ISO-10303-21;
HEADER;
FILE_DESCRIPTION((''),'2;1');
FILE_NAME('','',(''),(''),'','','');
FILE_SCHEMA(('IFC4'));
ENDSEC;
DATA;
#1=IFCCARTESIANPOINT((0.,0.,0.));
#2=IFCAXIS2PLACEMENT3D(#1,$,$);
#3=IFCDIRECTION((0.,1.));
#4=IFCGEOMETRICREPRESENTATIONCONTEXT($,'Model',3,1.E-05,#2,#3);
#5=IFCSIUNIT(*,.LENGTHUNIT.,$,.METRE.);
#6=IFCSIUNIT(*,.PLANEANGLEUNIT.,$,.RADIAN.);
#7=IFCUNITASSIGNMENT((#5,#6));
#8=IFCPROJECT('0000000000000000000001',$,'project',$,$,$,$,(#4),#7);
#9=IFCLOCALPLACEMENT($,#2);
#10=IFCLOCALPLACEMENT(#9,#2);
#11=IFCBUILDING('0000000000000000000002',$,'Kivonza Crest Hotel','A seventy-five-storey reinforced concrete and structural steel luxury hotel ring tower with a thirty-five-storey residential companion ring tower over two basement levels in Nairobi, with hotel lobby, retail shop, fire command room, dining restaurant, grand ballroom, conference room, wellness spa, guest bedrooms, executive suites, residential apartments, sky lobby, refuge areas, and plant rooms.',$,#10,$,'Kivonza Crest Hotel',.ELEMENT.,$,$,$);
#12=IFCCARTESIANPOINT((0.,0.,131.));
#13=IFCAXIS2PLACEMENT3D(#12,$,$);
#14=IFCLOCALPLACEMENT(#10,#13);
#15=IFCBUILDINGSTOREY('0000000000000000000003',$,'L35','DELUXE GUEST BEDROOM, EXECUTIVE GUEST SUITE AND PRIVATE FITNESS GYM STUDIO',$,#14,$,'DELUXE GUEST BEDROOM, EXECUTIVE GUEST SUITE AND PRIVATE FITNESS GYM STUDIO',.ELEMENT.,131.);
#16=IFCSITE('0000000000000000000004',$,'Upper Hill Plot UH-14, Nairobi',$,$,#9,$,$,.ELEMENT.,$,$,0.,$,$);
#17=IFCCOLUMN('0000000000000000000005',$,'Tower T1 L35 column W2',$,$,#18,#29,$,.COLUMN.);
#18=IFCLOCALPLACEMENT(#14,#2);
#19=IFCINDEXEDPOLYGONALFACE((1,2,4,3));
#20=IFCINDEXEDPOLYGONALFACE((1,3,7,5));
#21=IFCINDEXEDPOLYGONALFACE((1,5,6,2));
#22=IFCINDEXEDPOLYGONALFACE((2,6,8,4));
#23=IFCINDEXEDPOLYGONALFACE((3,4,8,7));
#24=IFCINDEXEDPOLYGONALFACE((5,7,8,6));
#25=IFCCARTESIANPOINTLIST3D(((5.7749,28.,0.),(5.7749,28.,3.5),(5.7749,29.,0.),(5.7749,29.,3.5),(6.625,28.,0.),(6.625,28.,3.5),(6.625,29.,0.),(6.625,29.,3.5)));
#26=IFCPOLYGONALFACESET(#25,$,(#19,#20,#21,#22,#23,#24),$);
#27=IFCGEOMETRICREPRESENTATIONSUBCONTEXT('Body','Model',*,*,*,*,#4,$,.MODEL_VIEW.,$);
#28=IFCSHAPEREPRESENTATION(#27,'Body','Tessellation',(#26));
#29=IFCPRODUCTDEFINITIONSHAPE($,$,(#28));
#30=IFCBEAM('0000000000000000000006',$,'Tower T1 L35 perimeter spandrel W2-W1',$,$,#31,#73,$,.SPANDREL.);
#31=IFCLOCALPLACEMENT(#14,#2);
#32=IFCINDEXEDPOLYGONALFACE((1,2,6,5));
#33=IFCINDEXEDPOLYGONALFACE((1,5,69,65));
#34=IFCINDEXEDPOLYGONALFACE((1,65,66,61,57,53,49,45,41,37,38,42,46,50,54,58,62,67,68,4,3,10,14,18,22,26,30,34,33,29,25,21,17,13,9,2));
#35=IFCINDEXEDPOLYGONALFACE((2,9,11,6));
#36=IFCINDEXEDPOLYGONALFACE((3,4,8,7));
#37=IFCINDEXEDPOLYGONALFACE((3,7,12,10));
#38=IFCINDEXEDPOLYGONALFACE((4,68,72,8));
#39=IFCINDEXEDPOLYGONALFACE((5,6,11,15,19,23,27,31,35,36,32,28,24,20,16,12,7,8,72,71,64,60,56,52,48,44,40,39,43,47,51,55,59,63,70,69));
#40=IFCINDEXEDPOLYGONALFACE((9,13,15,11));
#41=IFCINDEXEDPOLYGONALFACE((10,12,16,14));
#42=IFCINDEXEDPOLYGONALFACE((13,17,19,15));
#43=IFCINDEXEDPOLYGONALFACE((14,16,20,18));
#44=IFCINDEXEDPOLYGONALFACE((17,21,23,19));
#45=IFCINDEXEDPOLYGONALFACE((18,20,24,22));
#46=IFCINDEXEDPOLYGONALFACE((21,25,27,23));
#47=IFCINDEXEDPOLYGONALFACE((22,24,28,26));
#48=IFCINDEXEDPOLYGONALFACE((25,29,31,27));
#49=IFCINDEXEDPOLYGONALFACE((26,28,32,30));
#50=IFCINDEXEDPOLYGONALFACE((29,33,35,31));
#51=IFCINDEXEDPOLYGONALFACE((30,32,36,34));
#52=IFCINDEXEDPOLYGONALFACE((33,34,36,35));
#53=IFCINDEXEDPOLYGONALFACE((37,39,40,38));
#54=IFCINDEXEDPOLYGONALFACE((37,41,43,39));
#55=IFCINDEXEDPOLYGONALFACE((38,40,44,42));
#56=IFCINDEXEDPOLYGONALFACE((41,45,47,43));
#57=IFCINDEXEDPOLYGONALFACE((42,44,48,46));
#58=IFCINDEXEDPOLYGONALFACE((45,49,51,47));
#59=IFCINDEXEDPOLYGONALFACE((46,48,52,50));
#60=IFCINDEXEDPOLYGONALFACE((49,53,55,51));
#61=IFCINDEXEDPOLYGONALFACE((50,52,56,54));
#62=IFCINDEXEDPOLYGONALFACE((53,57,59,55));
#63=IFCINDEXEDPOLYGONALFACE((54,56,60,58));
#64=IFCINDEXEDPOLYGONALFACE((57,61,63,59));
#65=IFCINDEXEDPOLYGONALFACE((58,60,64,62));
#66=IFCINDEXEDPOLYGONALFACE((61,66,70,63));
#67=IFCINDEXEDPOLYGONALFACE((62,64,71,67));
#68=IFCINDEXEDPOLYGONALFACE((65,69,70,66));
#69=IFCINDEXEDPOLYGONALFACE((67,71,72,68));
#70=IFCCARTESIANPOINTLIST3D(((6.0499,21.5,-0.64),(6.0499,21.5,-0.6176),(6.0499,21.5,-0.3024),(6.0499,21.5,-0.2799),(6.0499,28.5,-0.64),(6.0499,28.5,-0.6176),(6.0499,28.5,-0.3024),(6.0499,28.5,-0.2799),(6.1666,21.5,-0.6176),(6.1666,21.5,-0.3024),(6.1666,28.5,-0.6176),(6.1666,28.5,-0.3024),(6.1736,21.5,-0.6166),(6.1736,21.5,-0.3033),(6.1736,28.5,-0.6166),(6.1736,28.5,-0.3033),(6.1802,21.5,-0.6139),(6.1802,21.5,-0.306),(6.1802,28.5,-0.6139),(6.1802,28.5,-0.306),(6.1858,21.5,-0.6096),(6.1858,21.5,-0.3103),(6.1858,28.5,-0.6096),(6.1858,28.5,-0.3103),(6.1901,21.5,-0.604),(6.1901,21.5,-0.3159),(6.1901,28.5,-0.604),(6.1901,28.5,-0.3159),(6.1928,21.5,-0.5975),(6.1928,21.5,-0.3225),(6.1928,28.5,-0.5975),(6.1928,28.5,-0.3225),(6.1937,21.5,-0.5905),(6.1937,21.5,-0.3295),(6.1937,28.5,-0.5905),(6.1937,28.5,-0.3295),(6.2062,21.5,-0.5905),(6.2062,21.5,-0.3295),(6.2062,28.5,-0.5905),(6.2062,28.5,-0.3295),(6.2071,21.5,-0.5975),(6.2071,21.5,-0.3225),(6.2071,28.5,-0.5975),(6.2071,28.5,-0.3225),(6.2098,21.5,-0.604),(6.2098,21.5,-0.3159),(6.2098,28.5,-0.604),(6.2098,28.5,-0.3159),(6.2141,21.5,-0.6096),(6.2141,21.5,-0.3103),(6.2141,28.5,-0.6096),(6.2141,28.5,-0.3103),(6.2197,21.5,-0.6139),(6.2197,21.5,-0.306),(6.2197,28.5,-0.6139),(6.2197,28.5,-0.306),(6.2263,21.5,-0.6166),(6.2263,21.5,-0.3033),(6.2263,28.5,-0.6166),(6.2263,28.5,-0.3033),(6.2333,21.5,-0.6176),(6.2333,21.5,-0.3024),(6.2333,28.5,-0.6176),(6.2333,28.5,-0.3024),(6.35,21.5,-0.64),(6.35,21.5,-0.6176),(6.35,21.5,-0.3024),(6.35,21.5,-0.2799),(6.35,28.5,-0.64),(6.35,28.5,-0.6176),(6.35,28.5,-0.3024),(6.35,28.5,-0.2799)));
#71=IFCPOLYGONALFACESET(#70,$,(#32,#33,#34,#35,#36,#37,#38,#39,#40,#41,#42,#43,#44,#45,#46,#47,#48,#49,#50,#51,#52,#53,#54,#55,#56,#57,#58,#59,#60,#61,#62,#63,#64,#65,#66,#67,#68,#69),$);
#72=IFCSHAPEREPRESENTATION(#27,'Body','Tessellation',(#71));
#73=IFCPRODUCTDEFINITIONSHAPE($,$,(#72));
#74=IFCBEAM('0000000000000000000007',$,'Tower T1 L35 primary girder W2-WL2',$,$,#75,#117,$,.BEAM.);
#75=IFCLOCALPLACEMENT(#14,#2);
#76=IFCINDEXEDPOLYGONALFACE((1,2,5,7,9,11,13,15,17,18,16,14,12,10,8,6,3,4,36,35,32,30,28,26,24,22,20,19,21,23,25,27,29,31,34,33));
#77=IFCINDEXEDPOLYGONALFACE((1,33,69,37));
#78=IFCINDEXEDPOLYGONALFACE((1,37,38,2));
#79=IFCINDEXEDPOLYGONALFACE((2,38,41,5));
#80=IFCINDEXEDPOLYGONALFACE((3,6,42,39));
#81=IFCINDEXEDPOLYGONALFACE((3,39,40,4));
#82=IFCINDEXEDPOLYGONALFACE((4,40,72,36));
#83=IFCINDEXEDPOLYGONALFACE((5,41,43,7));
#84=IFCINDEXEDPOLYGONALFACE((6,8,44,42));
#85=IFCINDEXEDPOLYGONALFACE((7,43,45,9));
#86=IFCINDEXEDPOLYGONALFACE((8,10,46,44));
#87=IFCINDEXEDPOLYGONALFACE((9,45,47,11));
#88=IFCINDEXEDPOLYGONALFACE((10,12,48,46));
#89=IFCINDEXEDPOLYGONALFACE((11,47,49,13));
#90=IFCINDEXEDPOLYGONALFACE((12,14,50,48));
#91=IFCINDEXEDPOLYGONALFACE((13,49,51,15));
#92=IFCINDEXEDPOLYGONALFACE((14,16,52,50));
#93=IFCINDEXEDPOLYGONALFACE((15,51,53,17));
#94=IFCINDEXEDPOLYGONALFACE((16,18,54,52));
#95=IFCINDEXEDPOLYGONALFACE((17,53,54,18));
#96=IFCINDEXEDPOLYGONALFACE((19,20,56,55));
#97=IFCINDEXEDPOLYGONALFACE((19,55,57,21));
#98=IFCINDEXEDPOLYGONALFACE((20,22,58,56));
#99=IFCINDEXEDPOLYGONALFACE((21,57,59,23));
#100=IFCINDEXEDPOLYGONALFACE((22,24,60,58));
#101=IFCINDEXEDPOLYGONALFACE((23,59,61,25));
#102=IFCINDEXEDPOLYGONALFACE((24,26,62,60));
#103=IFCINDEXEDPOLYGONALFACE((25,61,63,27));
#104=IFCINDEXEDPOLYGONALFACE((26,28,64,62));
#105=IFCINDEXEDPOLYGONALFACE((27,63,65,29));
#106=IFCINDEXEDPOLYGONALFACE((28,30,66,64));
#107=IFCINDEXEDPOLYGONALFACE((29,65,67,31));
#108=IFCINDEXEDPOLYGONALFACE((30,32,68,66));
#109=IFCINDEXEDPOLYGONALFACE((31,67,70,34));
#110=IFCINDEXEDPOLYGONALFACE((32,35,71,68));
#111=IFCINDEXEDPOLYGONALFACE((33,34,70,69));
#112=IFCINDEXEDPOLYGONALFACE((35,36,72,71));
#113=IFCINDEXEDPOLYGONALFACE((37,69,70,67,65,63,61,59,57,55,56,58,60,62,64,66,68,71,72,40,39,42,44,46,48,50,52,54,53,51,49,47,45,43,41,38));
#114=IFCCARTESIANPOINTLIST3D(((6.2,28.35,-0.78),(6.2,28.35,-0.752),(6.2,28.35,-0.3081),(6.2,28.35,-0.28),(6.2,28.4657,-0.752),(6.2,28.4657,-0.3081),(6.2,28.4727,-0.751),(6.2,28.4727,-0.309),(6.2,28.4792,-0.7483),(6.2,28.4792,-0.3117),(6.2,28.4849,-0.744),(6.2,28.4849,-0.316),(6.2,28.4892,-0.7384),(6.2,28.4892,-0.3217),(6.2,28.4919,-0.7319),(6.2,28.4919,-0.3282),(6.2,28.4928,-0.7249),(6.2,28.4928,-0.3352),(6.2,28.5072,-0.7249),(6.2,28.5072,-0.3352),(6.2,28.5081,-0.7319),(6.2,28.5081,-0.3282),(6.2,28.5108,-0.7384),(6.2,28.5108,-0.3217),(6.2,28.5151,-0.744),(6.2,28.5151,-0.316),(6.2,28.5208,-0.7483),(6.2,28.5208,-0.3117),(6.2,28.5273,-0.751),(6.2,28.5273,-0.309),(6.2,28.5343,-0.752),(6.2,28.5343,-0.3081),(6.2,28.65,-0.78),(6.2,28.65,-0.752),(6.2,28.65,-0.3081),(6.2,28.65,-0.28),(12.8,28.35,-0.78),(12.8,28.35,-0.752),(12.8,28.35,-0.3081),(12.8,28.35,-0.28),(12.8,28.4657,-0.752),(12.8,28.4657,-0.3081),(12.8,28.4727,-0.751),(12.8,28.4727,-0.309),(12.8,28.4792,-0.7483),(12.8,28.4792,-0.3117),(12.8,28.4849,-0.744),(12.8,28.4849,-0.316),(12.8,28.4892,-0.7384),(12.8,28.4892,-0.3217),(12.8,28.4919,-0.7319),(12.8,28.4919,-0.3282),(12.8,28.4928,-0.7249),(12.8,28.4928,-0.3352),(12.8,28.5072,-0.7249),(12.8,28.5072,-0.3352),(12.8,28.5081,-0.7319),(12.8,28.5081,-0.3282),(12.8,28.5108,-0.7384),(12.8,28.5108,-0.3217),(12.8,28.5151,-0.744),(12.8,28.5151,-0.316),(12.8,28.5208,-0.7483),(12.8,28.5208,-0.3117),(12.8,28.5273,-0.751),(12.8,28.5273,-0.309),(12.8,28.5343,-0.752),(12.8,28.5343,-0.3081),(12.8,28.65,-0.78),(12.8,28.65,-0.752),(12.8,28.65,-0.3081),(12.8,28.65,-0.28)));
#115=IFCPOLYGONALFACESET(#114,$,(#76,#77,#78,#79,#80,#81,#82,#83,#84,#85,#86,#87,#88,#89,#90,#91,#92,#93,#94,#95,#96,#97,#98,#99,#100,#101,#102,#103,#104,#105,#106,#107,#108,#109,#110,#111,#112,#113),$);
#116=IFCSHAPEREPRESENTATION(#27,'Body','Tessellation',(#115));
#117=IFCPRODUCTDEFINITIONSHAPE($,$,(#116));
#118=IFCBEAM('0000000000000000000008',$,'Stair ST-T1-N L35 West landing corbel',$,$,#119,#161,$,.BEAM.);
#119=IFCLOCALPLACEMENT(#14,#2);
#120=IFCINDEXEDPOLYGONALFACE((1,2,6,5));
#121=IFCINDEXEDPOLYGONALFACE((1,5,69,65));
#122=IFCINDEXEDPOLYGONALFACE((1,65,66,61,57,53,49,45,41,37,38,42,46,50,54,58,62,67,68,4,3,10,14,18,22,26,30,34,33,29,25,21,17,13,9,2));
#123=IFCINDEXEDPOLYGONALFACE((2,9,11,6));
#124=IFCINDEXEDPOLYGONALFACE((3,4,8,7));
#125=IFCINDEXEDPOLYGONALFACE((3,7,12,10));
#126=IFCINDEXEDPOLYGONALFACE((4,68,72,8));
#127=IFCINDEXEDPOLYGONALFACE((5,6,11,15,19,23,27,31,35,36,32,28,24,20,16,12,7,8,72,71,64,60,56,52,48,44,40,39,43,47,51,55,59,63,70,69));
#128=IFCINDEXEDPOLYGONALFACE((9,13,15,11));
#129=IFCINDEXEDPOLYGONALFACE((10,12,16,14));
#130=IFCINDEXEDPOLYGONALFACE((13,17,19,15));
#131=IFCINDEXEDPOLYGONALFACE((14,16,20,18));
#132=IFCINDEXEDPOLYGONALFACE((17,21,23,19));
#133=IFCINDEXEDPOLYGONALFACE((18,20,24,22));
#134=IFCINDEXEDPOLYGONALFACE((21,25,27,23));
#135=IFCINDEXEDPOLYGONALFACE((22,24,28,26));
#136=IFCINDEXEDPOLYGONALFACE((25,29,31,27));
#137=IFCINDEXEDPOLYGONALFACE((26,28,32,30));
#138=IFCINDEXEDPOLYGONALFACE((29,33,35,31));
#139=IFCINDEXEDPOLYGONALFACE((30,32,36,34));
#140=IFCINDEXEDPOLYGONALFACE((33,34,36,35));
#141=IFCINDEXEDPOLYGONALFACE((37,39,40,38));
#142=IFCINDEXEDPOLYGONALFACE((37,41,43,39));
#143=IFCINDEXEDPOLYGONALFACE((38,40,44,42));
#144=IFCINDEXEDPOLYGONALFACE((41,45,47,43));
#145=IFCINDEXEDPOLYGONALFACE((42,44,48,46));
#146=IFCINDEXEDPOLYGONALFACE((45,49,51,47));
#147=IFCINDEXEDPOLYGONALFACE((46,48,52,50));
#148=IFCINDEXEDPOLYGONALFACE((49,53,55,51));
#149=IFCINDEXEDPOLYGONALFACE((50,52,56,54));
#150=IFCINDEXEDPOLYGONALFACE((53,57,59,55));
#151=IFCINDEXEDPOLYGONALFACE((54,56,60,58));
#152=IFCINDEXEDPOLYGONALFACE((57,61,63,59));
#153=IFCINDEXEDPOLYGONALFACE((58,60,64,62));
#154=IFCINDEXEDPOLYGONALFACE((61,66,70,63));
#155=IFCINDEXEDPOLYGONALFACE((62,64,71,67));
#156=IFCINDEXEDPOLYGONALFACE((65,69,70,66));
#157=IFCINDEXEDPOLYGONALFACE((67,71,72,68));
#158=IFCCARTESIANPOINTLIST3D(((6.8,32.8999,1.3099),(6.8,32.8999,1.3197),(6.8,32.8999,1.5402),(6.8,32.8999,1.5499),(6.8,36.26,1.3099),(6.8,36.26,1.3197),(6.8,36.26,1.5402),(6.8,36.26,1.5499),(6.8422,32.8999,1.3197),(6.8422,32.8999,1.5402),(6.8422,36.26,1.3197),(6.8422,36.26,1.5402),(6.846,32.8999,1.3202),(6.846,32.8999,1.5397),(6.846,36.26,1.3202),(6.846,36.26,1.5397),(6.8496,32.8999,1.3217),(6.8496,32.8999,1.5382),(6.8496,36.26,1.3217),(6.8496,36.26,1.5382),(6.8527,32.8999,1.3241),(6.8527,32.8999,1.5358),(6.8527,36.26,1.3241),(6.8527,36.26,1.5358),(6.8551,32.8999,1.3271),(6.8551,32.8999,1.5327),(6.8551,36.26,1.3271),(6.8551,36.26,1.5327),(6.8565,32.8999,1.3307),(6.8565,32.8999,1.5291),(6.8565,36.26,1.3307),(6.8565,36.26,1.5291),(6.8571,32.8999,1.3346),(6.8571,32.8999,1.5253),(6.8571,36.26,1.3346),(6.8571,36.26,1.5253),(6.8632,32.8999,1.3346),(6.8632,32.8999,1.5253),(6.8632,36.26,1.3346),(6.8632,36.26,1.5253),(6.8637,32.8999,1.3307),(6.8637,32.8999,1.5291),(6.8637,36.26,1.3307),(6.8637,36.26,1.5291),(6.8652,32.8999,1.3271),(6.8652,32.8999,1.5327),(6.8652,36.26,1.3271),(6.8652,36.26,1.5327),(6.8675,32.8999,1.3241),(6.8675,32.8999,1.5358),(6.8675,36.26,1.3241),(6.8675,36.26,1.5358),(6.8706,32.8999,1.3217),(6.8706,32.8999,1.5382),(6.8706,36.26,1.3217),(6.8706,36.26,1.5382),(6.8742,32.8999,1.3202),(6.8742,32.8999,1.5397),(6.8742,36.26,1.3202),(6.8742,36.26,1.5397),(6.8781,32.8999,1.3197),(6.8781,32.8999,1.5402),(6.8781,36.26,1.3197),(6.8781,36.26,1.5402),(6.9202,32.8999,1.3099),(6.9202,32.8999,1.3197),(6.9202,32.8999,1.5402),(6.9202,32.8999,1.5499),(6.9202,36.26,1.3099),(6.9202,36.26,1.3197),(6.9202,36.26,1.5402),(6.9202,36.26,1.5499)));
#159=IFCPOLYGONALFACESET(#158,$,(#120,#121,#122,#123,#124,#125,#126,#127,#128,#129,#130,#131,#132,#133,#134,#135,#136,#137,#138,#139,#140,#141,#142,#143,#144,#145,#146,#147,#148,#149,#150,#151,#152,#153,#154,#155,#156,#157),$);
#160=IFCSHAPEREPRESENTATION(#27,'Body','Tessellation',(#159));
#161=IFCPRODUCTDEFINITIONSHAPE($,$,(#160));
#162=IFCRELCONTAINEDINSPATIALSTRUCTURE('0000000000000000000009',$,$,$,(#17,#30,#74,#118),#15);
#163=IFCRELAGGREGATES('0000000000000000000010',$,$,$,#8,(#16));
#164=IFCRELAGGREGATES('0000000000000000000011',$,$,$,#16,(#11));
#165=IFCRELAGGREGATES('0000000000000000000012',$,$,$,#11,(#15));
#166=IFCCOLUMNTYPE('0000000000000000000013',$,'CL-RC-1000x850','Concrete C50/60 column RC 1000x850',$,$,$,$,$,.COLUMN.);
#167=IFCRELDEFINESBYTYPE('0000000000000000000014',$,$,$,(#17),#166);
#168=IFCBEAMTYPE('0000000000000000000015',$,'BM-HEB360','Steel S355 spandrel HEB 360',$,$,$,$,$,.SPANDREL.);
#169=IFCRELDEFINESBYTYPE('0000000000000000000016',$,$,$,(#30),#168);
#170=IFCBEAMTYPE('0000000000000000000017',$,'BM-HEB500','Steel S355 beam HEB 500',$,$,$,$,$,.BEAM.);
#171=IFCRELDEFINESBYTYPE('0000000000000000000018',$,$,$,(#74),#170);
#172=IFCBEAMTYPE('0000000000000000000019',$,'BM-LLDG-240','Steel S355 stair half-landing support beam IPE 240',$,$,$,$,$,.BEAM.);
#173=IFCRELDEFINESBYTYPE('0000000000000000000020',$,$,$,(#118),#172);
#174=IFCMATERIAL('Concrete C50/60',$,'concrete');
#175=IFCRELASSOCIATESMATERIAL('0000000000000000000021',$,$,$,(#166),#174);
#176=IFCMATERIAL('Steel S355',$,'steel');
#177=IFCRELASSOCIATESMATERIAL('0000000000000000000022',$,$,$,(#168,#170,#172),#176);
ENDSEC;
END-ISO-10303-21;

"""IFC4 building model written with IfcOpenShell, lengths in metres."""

from ifc_helpers import new_model, si_unit, direction, frame, origin, origin_2d, place, context, subcontext, project, spatial, rectangle, i_section, extrude, material, material_profile, profile_set, type_object, element, save


model = new_model("IFC4")

# Units and contexts
model_context = context("Model", 3, precision=1e-05, world=origin(), true_north=direction((0.0, 1.0)))
body_context = subcontext(model_context, "Body", "Model", "MODEL_VIEW")
ifc_project = project(units=[si_unit("LENGTHUNIT", "METRE"), si_unit("PLANEANGLEUNIT", "RADIAN")], contexts=[model_context])

# Site, building, storey
site_placement = place(None, origin())
site = spatial("IfcSite", under=ifc_project, at=site_placement, Name="Upper Hill Plot UH-14, Nairobi", CompositionType="ELEMENT", RefElevation=0.0)
building_placement = place(site_placement, origin())
building = spatial("IfcBuilding", under=site, at=building_placement, Name="Kivonza Crest Hotel", Description="A seventy-five-storey reinforced concrete and structural steel luxury hotel ring tower with a thirty-five-storey residential companion ring tower over two basement levels in Nairobi, with hotel lobby, retail shop, fire command room, dining restaurant, grand ballroom, conference room, wellness spa, guest bedrooms, executive suites, residential apartments, sky lobby, refuge areas, and plant rooms.", LongName="Kivonza Crest Hotel", CompositionType="ELEMENT")
storey_placement = place(building_placement, frame((0.0, 0.0, 131.0)))
storey = spatial("IfcBuildingStorey", under=building, at=storey_placement, Name="L35", Description="DELUXE GUEST BEDROOM, EXECUTIVE GUEST SUITE AND PRIVATE FITNESS GYM STUDIO", LongName="DELUXE GUEST BEDROOM, EXECUTIVE GUEST SUITE AND PRIVATE FITNESS GYM STUDIO", CompositionType="ELEMENT", Elevation=131.0)

# Column
ifc_material_1 = material(Name="Concrete C50/60", Category="concrete")
ifc_material_profile_1 = material_profile(ifc_material_1, rectangle(XDim=0.8501, YDim=1.0, at=origin_2d()), Name="RC 1000x850")
ifc_profile_set_1 = profile_set([ifc_material_profile_1], Name="Concrete C50/60")
column_type = type_object("IfcColumnType", Name="CL-RC-1000x850", Description="Concrete C50/60 column RC 1000x850", PredefinedType="COLUMN", material=ifc_profile_set_1)
column_placement = place(storey_placement, frame((6.2, 28.5, 0.0), z_axis=(0.0, 0.0, 1.0), x_axis=(1.0, 0.0, 0.0)))
element("IfcColumn", 1, at=column_placement, inside=storey, type_object=column_type, Name="Tower T1 L35 column W2", PredefinedType="COLUMN", context=body_context, shape_type="SweptSolid", body=[
    extrude(rectangle(XDim=0.8501, YDim=1.0, at=origin_2d()), origin(), (0.0, 0.0, 1.0), 3.5),
])

# Beams
ifc_material_2 = material(Name="Steel S355", Category="steel")
ifc_material_profile_2 = material_profile(ifc_material_2, i_section(OverallWidth=0.3, OverallDepth=0.3601, WebThickness=0.0125, FlangeThickness=0.0225, FilletRadius=0.0271, at=origin_2d()), Name="HEB 360")
ifc_profile_set_2 = profile_set([ifc_material_profile_2], Name="Steel S355")
beam_type_1 = type_object("IfcBeamType", Name="BM-HEB360", Description="Steel S355 spandrel HEB 360", PredefinedType="SPANDREL", material=ifc_profile_set_2)
beam_1_placement = place(storey_placement, frame((6.2, 28.5, -0.46), z_axis=(0.0, -1.0, 0.0), x_axis=(1.0, 0.0, 0.0)))
element("IfcBeam", 2, at=beam_1_placement, inside=storey, type_object=beam_type_1, Name="Tower T1 L35 perimeter spandrel W2-W1", PredefinedType="SPANDREL", context=body_context, shape_type="SweptSolid", body=[
    extrude(i_section(OverallWidth=0.3, OverallDepth=0.3601, WebThickness=0.0125, FlangeThickness=0.0225, FilletRadius=0.0271, at=origin_2d()), origin(), (0.0, 0.0, 1.0), 7.0),
])
ifc_material_profile_3 = material_profile(ifc_material_2, i_section(OverallWidth=0.3, OverallDepth=0.5, WebThickness=0.0144, FlangeThickness=0.0281, FilletRadius=0.0271, at=origin_2d()), Name="HEB 500")
ifc_profile_set_3 = profile_set([ifc_material_profile_3], Name="Steel S355")
beam_type_2 = type_object("IfcBeamType", Name="BM-HEB500", Description="Steel S355 beam HEB 500", PredefinedType="BEAM", material=ifc_profile_set_3)
beam_2_placement = place(storey_placement, frame((6.2, 28.5, -0.53), z_axis=(1.0, 0.0, 0.0), x_axis=(0.0, 1.0, 0.0)))
element("IfcBeam", 3, at=beam_2_placement, inside=storey, type_object=beam_type_2, Name="Tower T1 L35 primary girder W2-WL2", PredefinedType="BEAM", context=body_context, shape_type="SweptSolid", body=[
    extrude(i_section(OverallWidth=0.3, OverallDepth=0.5, WebThickness=0.0144, FlangeThickness=0.0281, FilletRadius=0.0271, at=origin_2d()), origin(), (0.0, 0.0, 1.0), 6.6001),
])
ifc_material_profile_4 = material_profile(ifc_material_2, i_section(OverallWidth=0.1201, OverallDepth=0.24, WebThickness=0.0061, FlangeThickness=0.0098, FilletRadius=0.0149, at=origin_2d()), Name="IPE 240")
ifc_profile_set_4 = profile_set([ifc_material_profile_4], Name="Steel S355")
beam_type_3 = type_object("IfcBeamType", Name="BM-LLDG-240", Description="Steel S355 stair half-landing support beam IPE 240", PredefinedType="BEAM", material=ifc_profile_set_4)
beam_3_placement = place(storey_placement, frame((6.8601, 32.8999, 1.4299), z_axis=(0.0, 1.0, 0.0), x_axis=(-1.0, 0.0, 0.0)))
element("IfcBeam", 4, at=beam_3_placement, inside=storey, type_object=beam_type_3, Name="Stair ST-T1-N L35 West landing corbel", PredefinedType="BEAM", context=body_context, shape_type="SweptSolid", body=[
    extrude(i_section(OverallWidth=0.1201, OverallDepth=0.24, WebThickness=0.0061, FlangeThickness=0.0098, FilletRadius=0.0149, at=origin_2d()), origin(), (0.0, 0.0, 1.0), 3.3601),
])

save(model, "model.ifc")
